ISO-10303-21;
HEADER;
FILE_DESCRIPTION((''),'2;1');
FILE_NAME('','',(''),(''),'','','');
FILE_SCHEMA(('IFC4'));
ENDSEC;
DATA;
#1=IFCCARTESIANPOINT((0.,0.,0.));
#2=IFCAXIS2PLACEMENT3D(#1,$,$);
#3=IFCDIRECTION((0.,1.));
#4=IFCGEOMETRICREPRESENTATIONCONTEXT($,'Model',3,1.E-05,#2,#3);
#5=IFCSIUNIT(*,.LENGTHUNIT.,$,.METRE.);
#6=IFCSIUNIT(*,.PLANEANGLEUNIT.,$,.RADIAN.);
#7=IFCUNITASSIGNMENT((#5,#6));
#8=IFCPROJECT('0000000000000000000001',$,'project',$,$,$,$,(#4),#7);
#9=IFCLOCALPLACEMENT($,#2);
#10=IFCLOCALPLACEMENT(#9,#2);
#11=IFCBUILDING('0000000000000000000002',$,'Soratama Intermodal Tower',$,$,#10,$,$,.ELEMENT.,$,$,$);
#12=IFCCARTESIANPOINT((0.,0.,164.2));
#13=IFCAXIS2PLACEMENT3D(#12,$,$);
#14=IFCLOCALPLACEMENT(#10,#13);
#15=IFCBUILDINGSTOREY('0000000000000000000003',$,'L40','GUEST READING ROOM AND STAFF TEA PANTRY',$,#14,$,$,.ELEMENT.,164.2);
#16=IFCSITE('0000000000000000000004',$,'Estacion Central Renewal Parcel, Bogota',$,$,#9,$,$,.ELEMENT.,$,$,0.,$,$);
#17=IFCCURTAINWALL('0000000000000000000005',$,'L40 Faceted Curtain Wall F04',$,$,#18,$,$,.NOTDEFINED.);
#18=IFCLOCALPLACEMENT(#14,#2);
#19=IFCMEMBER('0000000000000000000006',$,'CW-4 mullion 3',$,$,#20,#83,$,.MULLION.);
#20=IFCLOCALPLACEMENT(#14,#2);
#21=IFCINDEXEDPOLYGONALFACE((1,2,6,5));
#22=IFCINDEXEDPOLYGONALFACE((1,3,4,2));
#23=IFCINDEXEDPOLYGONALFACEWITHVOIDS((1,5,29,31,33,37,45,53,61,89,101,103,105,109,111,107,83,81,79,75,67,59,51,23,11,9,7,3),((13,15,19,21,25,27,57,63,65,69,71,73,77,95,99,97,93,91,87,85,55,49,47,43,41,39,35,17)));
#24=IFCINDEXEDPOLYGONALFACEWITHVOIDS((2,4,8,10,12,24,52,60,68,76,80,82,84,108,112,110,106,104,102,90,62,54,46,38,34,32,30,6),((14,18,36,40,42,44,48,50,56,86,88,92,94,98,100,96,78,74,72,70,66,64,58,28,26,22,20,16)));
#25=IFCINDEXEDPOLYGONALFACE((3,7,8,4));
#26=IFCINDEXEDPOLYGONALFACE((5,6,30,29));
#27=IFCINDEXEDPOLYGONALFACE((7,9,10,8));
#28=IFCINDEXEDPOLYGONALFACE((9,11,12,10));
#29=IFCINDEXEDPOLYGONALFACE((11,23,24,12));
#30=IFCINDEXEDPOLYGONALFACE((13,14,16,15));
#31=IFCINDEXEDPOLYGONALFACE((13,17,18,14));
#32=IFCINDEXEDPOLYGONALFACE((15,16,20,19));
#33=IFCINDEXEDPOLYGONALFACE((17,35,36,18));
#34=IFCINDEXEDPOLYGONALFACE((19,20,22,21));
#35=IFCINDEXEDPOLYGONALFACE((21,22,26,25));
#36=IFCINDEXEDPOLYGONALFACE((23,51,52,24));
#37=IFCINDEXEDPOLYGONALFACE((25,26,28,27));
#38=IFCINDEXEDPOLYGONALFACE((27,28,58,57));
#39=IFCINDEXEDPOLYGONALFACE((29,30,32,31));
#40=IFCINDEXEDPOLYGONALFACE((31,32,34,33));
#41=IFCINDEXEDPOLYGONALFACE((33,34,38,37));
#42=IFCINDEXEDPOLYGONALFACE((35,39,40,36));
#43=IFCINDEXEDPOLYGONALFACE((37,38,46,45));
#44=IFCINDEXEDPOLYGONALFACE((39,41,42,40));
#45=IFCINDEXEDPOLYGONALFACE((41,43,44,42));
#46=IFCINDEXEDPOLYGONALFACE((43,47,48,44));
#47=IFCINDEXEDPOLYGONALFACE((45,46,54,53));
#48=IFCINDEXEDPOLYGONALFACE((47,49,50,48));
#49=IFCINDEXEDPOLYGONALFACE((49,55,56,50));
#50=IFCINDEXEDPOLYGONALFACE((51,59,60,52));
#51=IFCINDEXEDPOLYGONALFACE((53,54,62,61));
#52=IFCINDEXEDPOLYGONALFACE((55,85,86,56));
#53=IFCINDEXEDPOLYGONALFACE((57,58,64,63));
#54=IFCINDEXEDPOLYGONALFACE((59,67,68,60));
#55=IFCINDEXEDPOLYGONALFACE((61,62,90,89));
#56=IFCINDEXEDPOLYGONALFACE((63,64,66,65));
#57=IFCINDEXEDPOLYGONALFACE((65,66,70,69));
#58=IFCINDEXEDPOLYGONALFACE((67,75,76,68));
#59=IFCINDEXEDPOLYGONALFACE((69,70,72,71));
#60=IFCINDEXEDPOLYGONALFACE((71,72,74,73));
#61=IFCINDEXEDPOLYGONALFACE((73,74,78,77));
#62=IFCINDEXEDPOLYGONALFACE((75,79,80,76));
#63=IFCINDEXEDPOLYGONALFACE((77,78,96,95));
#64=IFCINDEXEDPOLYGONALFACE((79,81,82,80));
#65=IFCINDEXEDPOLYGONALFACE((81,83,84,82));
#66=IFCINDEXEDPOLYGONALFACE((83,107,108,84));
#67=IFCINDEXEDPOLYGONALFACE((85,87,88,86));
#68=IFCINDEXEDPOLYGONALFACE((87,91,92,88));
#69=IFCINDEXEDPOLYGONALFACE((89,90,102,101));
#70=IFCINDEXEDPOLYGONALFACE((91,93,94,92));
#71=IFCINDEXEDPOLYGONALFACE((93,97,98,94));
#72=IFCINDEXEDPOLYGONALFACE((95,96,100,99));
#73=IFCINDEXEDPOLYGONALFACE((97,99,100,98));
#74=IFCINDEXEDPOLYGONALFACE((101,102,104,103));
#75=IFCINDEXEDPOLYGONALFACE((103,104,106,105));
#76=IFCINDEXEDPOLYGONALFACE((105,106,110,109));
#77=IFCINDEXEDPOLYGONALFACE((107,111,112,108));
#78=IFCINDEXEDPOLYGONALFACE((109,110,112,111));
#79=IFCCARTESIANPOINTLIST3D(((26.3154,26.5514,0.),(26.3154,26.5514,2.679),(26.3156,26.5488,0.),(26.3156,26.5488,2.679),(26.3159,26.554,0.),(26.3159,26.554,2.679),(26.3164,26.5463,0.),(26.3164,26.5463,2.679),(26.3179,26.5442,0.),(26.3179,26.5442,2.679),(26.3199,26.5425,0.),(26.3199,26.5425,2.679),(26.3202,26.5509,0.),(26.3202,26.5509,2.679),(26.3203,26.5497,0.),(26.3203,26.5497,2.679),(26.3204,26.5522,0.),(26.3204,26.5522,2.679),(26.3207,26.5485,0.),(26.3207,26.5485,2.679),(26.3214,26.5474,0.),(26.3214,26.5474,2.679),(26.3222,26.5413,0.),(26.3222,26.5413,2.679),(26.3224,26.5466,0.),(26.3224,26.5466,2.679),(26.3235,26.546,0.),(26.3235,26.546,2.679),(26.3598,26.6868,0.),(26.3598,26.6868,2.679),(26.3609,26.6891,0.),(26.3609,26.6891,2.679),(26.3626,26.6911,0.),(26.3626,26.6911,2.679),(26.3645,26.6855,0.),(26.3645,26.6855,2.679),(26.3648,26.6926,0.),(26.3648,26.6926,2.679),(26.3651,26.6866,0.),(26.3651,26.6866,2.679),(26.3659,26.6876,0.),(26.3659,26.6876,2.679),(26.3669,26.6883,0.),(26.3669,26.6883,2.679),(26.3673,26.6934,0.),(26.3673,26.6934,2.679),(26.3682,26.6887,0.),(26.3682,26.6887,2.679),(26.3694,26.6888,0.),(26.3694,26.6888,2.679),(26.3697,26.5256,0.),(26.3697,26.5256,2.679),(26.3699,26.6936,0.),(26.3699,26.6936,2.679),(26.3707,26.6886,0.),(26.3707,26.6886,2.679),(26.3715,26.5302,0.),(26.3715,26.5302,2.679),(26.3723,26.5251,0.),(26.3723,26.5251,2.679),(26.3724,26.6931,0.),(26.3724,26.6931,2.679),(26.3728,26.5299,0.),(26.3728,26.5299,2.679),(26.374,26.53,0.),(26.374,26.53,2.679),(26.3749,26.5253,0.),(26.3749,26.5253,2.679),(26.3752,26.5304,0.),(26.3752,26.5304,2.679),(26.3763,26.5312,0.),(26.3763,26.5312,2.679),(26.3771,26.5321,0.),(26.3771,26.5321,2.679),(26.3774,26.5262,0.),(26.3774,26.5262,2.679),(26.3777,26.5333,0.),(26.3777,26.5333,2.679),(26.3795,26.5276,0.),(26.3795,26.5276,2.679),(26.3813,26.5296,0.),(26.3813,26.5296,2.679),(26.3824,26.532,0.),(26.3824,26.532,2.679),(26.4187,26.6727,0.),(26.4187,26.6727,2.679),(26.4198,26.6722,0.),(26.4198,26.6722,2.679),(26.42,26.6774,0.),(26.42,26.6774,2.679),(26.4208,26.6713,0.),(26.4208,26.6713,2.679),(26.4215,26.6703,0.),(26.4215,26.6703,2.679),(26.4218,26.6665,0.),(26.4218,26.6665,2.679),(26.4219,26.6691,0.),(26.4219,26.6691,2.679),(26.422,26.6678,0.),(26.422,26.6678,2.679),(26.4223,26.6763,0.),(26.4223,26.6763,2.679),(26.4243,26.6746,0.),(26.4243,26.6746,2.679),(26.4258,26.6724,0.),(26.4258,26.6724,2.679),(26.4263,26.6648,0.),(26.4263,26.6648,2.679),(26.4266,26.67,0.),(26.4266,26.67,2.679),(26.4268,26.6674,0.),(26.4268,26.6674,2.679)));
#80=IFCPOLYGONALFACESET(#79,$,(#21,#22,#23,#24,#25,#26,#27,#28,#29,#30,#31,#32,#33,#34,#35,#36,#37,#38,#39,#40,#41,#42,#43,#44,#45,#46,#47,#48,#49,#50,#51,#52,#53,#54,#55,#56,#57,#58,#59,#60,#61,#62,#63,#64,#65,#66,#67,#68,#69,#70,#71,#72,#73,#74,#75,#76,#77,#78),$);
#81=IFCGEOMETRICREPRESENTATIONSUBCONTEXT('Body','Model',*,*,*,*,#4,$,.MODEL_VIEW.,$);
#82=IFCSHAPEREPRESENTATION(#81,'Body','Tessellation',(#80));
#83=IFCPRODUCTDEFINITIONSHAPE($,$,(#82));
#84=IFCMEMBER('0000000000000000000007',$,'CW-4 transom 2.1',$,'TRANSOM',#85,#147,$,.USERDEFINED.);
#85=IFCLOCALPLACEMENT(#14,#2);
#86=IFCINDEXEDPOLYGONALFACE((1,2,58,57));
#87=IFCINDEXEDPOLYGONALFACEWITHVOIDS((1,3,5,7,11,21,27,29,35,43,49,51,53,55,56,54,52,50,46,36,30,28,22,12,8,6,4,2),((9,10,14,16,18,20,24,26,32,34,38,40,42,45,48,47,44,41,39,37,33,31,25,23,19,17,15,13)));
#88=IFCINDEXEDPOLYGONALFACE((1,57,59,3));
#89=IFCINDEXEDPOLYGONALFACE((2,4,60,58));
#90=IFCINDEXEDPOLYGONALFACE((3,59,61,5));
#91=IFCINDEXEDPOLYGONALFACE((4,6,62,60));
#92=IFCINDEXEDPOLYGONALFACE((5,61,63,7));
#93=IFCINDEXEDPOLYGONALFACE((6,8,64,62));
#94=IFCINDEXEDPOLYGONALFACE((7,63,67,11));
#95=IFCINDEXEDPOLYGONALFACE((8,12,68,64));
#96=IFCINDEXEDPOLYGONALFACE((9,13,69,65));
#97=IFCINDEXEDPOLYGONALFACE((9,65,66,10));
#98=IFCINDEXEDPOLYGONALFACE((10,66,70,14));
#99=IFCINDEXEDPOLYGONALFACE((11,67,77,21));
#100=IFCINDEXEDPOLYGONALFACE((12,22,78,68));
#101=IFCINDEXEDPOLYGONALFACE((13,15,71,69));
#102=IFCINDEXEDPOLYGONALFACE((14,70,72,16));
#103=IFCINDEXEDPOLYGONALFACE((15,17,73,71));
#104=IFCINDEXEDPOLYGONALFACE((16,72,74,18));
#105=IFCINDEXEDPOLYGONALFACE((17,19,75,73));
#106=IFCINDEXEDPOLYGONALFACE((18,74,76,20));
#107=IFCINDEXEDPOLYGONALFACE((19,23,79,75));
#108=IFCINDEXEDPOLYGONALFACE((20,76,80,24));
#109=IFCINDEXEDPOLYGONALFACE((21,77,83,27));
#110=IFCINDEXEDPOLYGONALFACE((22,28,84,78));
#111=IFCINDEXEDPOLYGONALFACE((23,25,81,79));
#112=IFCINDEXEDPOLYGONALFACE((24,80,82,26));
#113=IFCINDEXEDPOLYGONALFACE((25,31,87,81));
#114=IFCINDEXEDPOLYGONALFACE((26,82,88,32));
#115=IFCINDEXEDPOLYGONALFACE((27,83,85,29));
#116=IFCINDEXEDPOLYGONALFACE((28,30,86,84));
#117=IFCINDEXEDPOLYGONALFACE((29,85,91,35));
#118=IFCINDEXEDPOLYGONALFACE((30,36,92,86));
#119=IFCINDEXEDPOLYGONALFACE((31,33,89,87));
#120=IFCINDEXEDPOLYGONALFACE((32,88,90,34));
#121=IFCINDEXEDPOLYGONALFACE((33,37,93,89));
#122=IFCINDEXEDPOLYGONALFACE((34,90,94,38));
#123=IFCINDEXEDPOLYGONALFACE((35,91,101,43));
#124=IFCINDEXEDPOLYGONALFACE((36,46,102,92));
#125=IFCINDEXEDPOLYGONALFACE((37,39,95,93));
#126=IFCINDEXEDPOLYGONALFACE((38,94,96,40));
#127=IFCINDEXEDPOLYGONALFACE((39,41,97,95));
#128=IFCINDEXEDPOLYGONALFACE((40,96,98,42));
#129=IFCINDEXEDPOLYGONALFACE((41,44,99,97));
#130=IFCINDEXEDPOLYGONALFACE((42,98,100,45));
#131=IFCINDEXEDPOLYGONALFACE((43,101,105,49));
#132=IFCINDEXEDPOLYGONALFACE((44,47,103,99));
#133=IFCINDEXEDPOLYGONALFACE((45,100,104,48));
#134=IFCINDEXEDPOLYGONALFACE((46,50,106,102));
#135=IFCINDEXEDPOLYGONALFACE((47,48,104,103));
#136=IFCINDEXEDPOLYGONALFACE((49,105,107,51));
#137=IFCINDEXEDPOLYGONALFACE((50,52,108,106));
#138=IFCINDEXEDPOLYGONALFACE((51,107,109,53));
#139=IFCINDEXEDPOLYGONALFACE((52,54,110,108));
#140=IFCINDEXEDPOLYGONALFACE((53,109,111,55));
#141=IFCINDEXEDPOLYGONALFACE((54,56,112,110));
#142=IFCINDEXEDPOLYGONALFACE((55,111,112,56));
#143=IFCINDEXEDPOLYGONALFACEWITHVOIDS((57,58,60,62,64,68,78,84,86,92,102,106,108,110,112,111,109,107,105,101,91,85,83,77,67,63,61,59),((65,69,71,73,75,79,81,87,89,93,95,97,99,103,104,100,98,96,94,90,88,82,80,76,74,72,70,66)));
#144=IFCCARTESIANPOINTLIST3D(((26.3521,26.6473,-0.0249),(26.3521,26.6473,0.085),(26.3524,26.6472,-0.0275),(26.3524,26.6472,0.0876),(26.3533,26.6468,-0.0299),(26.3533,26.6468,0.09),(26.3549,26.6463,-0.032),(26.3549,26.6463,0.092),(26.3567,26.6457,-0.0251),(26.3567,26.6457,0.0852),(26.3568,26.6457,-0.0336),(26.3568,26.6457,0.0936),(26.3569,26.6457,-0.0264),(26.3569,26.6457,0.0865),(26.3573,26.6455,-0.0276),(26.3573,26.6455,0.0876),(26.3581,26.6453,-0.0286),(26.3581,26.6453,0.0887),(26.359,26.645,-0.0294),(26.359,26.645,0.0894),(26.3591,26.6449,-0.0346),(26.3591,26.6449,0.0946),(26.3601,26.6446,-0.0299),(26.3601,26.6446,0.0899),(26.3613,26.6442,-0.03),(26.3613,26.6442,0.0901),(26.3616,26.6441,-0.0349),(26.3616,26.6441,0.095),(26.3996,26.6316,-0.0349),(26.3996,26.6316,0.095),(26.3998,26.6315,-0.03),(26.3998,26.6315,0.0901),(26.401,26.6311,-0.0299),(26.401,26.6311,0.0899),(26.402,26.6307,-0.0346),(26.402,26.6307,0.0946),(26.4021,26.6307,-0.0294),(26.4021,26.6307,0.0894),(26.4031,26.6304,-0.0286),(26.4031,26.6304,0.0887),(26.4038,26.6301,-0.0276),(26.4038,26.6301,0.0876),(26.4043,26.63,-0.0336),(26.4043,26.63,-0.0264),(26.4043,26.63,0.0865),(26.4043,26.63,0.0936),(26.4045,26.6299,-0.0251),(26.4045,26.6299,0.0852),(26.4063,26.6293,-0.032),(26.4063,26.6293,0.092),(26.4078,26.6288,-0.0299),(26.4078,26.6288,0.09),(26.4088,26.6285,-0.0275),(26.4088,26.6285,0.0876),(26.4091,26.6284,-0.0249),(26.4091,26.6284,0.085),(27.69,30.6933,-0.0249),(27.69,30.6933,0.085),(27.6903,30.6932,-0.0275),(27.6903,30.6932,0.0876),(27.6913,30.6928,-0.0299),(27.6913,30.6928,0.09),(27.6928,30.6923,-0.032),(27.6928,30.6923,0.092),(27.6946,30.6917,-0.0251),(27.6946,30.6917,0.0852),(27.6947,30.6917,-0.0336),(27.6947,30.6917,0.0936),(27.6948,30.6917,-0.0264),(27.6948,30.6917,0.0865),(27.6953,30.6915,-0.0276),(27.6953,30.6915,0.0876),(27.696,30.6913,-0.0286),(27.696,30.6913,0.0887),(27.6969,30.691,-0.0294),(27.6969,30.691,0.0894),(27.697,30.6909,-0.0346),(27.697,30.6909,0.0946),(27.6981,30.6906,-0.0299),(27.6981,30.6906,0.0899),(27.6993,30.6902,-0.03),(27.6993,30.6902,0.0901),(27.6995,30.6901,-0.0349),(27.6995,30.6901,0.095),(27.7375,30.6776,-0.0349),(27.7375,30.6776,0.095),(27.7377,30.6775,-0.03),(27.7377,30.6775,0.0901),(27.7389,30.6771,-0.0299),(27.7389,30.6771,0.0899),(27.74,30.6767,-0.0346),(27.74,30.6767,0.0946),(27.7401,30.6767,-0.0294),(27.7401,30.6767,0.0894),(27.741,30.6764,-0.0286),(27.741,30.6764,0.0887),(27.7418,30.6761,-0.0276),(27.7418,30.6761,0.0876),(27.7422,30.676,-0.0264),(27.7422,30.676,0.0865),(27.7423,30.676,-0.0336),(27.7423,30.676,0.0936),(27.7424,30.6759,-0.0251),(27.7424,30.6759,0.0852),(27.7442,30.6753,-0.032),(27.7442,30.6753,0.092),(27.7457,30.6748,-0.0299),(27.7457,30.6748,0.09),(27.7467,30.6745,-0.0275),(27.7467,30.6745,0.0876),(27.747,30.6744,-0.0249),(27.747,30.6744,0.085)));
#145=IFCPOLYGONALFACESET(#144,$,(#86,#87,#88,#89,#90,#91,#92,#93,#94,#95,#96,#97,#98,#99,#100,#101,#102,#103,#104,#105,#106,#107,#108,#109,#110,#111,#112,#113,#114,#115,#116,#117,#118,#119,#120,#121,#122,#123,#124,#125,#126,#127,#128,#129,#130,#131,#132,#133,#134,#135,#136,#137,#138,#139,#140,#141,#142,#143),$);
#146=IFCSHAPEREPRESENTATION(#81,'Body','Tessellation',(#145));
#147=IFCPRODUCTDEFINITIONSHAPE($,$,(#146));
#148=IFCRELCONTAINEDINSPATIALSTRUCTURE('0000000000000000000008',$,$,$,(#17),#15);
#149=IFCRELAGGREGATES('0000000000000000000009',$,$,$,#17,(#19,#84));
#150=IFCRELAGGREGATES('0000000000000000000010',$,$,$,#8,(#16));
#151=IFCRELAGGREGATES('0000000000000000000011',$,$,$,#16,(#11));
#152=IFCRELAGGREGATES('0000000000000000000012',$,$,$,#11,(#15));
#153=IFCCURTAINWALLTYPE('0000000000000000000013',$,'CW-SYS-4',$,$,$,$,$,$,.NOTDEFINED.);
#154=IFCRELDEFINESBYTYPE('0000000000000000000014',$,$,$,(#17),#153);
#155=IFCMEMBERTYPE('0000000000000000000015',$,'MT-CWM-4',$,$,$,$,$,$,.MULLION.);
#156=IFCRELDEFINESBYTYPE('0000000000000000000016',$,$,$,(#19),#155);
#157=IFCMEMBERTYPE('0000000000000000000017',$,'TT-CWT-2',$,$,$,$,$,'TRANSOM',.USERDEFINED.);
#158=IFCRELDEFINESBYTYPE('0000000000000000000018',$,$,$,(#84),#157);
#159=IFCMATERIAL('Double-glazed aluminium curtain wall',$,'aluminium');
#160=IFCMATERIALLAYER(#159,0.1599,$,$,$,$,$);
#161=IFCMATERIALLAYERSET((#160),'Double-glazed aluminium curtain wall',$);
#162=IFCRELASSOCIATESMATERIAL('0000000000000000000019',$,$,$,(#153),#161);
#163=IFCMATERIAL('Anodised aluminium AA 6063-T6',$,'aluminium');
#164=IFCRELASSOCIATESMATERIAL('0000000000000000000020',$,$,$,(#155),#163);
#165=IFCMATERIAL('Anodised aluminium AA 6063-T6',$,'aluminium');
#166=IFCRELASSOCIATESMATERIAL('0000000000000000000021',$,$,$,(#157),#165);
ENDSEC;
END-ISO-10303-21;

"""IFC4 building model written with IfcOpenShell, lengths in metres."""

from ifc_helpers import new_model, si_unit, direction, frame, origin, origin_2d, place, context, subcontext, project, spatial, hollow_rectangle, extrude, material, layer, layer_set, material_profile, profile_set, type_object, element, aggregate, save


model = new_model("IFC4")

# Units and contexts
model_context = context("Model", 3, precision=1e-05, world=origin(), true_north=direction((0.0, 1.0)))
body_context = subcontext(model_context, "Body", "Model", "MODEL_VIEW")
ifc_project = project(units=[si_unit("LENGTHUNIT", "METRE"), si_unit("PLANEANGLEUNIT", "RADIAN")], contexts=[model_context])

# Site, building, storey
site_placement = place(None, origin())
site = spatial("IfcSite", under=ifc_project, at=site_placement, Name="Estacion Central Renewal Parcel, Bogota", CompositionType="ELEMENT", RefElevation=0.0)
building_placement = place(site_placement, origin())
building = spatial("IfcBuilding", under=site, at=building_placement, Name="Soratama Intermodal Tower", CompositionType="ELEMENT")
storey_placement = place(building_placement, frame((0.0, 0.0, 164.2)))
storey = spatial("IfcBuildingStorey", under=building, at=storey_placement, Name="L40", Description="GUEST READING ROOM AND STAFF TEA PANTRY", CompositionType="ELEMENT", Elevation=164.2)

# Curtain wall, members
ifc_material_1 = material(Name="Double-glazed aluminium curtain wall", Category="aluminium")
ifc_layer_1 = layer(ifc_material_1, 0.1599)
ifc_layer_set_1 = layer_set([ifc_layer_1], Name="Double-glazed aluminium curtain wall")
curtain_wall_type = type_object("IfcCurtainWallType", Name="CW-SYS-4", PredefinedType="NOTDEFINED", material=ifc_layer_set_1)
curtain_wall_placement = place(storey_placement, origin())
curtain_wall = element("IfcCurtainWall", 1, at=curtain_wall_placement, inside=storey, type_object=curtain_wall_type, Name="L40 Faceted Curtain Wall F04", PredefinedType="NOTDEFINED")
ifc_material_2 = material(Name="Anodised aluminium AA 6063-T6", Category="aluminium")
ifc_material_profile_1 = material_profile(ifc_material_2, hollow_rectangle(XDim=0.0701, YDim=0.1599, WallThickness=0.0049, InnerFilletRadius=0.0049, OuterFilletRadius=0.01, at=origin_2d()), Name="CWM160X70X5")
ifc_profile_set_1 = profile_set([ifc_material_profile_1], Name="Anodised aluminium AA 6063-T6")
member_type_1 = type_object("IfcMemberType", Name="MT-CWM-4", PredefinedType="MULLION", material=ifc_profile_set_1)
member_1_placement = place(storey_placement, frame((26.3711, 26.6094, 0.0), z_axis=(0.0, 0.0, 1.0), x_axis=(0.949425, -0.313993, 0.0)))
member_1 = element("IfcMember", 2, at=member_1_placement, type_object=member_type_1, Name="CW-4 mullion 3", PredefinedType="MULLION", context=body_context, shape_type="SweptSolid", body=[
    extrude(hollow_rectangle(XDim=0.0701, YDim=0.1599, WallThickness=0.0049, InnerFilletRadius=0.0049, OuterFilletRadius=0.01, at=origin_2d()), origin(), (0.0, 0.0, 1.0), 2.679),
])
ifc_material_3 = material(Name="Anodised aluminium AA 6063-T6", Category="aluminium")
ifc_material_profile_2 = material_profile(ifc_material_3, hollow_rectangle(XDim=0.0601, YDim=0.1299, WallThickness=0.0049, InnerFilletRadius=0.0049, OuterFilletRadius=0.01, at=origin_2d()), Name="CWT130X60X5")
ifc_profile_set_2 = profile_set([ifc_material_profile_2], Name="Anodised aluminium AA 6063-T6")
member_type_2 = type_object("IfcMemberType", Name="TT-CWT-2", ElementType="TRANSOM", PredefinedType="USERDEFINED", material=ifc_profile_set_2)
member_2_placement = place(storey_placement, frame((27.7185, 30.6838, 0.03), z_axis=(-0.313958, -0.949437, 0.0), x_axis=(0.949437, -0.313958, 0.0)))
member_2 = element("IfcMember", 3, at=member_2_placement, type_object=member_type_2, Name="CW-4 transom 2.1", ObjectType="TRANSOM", PredefinedType="USERDEFINED", context=body_context, shape_type="SweptSolid", body=[
    extrude(hollow_rectangle(XDim=0.0601, YDim=0.1299, WallThickness=0.0049, InnerFilletRadius=0.0049, OuterFilletRadius=0.01, at=origin_2d()), origin(), (0.0, 0.0, 1.0), 4.2615),
])
aggregate(curtain_wall, [member_1, member_2])

save(model, "model.ifc")
